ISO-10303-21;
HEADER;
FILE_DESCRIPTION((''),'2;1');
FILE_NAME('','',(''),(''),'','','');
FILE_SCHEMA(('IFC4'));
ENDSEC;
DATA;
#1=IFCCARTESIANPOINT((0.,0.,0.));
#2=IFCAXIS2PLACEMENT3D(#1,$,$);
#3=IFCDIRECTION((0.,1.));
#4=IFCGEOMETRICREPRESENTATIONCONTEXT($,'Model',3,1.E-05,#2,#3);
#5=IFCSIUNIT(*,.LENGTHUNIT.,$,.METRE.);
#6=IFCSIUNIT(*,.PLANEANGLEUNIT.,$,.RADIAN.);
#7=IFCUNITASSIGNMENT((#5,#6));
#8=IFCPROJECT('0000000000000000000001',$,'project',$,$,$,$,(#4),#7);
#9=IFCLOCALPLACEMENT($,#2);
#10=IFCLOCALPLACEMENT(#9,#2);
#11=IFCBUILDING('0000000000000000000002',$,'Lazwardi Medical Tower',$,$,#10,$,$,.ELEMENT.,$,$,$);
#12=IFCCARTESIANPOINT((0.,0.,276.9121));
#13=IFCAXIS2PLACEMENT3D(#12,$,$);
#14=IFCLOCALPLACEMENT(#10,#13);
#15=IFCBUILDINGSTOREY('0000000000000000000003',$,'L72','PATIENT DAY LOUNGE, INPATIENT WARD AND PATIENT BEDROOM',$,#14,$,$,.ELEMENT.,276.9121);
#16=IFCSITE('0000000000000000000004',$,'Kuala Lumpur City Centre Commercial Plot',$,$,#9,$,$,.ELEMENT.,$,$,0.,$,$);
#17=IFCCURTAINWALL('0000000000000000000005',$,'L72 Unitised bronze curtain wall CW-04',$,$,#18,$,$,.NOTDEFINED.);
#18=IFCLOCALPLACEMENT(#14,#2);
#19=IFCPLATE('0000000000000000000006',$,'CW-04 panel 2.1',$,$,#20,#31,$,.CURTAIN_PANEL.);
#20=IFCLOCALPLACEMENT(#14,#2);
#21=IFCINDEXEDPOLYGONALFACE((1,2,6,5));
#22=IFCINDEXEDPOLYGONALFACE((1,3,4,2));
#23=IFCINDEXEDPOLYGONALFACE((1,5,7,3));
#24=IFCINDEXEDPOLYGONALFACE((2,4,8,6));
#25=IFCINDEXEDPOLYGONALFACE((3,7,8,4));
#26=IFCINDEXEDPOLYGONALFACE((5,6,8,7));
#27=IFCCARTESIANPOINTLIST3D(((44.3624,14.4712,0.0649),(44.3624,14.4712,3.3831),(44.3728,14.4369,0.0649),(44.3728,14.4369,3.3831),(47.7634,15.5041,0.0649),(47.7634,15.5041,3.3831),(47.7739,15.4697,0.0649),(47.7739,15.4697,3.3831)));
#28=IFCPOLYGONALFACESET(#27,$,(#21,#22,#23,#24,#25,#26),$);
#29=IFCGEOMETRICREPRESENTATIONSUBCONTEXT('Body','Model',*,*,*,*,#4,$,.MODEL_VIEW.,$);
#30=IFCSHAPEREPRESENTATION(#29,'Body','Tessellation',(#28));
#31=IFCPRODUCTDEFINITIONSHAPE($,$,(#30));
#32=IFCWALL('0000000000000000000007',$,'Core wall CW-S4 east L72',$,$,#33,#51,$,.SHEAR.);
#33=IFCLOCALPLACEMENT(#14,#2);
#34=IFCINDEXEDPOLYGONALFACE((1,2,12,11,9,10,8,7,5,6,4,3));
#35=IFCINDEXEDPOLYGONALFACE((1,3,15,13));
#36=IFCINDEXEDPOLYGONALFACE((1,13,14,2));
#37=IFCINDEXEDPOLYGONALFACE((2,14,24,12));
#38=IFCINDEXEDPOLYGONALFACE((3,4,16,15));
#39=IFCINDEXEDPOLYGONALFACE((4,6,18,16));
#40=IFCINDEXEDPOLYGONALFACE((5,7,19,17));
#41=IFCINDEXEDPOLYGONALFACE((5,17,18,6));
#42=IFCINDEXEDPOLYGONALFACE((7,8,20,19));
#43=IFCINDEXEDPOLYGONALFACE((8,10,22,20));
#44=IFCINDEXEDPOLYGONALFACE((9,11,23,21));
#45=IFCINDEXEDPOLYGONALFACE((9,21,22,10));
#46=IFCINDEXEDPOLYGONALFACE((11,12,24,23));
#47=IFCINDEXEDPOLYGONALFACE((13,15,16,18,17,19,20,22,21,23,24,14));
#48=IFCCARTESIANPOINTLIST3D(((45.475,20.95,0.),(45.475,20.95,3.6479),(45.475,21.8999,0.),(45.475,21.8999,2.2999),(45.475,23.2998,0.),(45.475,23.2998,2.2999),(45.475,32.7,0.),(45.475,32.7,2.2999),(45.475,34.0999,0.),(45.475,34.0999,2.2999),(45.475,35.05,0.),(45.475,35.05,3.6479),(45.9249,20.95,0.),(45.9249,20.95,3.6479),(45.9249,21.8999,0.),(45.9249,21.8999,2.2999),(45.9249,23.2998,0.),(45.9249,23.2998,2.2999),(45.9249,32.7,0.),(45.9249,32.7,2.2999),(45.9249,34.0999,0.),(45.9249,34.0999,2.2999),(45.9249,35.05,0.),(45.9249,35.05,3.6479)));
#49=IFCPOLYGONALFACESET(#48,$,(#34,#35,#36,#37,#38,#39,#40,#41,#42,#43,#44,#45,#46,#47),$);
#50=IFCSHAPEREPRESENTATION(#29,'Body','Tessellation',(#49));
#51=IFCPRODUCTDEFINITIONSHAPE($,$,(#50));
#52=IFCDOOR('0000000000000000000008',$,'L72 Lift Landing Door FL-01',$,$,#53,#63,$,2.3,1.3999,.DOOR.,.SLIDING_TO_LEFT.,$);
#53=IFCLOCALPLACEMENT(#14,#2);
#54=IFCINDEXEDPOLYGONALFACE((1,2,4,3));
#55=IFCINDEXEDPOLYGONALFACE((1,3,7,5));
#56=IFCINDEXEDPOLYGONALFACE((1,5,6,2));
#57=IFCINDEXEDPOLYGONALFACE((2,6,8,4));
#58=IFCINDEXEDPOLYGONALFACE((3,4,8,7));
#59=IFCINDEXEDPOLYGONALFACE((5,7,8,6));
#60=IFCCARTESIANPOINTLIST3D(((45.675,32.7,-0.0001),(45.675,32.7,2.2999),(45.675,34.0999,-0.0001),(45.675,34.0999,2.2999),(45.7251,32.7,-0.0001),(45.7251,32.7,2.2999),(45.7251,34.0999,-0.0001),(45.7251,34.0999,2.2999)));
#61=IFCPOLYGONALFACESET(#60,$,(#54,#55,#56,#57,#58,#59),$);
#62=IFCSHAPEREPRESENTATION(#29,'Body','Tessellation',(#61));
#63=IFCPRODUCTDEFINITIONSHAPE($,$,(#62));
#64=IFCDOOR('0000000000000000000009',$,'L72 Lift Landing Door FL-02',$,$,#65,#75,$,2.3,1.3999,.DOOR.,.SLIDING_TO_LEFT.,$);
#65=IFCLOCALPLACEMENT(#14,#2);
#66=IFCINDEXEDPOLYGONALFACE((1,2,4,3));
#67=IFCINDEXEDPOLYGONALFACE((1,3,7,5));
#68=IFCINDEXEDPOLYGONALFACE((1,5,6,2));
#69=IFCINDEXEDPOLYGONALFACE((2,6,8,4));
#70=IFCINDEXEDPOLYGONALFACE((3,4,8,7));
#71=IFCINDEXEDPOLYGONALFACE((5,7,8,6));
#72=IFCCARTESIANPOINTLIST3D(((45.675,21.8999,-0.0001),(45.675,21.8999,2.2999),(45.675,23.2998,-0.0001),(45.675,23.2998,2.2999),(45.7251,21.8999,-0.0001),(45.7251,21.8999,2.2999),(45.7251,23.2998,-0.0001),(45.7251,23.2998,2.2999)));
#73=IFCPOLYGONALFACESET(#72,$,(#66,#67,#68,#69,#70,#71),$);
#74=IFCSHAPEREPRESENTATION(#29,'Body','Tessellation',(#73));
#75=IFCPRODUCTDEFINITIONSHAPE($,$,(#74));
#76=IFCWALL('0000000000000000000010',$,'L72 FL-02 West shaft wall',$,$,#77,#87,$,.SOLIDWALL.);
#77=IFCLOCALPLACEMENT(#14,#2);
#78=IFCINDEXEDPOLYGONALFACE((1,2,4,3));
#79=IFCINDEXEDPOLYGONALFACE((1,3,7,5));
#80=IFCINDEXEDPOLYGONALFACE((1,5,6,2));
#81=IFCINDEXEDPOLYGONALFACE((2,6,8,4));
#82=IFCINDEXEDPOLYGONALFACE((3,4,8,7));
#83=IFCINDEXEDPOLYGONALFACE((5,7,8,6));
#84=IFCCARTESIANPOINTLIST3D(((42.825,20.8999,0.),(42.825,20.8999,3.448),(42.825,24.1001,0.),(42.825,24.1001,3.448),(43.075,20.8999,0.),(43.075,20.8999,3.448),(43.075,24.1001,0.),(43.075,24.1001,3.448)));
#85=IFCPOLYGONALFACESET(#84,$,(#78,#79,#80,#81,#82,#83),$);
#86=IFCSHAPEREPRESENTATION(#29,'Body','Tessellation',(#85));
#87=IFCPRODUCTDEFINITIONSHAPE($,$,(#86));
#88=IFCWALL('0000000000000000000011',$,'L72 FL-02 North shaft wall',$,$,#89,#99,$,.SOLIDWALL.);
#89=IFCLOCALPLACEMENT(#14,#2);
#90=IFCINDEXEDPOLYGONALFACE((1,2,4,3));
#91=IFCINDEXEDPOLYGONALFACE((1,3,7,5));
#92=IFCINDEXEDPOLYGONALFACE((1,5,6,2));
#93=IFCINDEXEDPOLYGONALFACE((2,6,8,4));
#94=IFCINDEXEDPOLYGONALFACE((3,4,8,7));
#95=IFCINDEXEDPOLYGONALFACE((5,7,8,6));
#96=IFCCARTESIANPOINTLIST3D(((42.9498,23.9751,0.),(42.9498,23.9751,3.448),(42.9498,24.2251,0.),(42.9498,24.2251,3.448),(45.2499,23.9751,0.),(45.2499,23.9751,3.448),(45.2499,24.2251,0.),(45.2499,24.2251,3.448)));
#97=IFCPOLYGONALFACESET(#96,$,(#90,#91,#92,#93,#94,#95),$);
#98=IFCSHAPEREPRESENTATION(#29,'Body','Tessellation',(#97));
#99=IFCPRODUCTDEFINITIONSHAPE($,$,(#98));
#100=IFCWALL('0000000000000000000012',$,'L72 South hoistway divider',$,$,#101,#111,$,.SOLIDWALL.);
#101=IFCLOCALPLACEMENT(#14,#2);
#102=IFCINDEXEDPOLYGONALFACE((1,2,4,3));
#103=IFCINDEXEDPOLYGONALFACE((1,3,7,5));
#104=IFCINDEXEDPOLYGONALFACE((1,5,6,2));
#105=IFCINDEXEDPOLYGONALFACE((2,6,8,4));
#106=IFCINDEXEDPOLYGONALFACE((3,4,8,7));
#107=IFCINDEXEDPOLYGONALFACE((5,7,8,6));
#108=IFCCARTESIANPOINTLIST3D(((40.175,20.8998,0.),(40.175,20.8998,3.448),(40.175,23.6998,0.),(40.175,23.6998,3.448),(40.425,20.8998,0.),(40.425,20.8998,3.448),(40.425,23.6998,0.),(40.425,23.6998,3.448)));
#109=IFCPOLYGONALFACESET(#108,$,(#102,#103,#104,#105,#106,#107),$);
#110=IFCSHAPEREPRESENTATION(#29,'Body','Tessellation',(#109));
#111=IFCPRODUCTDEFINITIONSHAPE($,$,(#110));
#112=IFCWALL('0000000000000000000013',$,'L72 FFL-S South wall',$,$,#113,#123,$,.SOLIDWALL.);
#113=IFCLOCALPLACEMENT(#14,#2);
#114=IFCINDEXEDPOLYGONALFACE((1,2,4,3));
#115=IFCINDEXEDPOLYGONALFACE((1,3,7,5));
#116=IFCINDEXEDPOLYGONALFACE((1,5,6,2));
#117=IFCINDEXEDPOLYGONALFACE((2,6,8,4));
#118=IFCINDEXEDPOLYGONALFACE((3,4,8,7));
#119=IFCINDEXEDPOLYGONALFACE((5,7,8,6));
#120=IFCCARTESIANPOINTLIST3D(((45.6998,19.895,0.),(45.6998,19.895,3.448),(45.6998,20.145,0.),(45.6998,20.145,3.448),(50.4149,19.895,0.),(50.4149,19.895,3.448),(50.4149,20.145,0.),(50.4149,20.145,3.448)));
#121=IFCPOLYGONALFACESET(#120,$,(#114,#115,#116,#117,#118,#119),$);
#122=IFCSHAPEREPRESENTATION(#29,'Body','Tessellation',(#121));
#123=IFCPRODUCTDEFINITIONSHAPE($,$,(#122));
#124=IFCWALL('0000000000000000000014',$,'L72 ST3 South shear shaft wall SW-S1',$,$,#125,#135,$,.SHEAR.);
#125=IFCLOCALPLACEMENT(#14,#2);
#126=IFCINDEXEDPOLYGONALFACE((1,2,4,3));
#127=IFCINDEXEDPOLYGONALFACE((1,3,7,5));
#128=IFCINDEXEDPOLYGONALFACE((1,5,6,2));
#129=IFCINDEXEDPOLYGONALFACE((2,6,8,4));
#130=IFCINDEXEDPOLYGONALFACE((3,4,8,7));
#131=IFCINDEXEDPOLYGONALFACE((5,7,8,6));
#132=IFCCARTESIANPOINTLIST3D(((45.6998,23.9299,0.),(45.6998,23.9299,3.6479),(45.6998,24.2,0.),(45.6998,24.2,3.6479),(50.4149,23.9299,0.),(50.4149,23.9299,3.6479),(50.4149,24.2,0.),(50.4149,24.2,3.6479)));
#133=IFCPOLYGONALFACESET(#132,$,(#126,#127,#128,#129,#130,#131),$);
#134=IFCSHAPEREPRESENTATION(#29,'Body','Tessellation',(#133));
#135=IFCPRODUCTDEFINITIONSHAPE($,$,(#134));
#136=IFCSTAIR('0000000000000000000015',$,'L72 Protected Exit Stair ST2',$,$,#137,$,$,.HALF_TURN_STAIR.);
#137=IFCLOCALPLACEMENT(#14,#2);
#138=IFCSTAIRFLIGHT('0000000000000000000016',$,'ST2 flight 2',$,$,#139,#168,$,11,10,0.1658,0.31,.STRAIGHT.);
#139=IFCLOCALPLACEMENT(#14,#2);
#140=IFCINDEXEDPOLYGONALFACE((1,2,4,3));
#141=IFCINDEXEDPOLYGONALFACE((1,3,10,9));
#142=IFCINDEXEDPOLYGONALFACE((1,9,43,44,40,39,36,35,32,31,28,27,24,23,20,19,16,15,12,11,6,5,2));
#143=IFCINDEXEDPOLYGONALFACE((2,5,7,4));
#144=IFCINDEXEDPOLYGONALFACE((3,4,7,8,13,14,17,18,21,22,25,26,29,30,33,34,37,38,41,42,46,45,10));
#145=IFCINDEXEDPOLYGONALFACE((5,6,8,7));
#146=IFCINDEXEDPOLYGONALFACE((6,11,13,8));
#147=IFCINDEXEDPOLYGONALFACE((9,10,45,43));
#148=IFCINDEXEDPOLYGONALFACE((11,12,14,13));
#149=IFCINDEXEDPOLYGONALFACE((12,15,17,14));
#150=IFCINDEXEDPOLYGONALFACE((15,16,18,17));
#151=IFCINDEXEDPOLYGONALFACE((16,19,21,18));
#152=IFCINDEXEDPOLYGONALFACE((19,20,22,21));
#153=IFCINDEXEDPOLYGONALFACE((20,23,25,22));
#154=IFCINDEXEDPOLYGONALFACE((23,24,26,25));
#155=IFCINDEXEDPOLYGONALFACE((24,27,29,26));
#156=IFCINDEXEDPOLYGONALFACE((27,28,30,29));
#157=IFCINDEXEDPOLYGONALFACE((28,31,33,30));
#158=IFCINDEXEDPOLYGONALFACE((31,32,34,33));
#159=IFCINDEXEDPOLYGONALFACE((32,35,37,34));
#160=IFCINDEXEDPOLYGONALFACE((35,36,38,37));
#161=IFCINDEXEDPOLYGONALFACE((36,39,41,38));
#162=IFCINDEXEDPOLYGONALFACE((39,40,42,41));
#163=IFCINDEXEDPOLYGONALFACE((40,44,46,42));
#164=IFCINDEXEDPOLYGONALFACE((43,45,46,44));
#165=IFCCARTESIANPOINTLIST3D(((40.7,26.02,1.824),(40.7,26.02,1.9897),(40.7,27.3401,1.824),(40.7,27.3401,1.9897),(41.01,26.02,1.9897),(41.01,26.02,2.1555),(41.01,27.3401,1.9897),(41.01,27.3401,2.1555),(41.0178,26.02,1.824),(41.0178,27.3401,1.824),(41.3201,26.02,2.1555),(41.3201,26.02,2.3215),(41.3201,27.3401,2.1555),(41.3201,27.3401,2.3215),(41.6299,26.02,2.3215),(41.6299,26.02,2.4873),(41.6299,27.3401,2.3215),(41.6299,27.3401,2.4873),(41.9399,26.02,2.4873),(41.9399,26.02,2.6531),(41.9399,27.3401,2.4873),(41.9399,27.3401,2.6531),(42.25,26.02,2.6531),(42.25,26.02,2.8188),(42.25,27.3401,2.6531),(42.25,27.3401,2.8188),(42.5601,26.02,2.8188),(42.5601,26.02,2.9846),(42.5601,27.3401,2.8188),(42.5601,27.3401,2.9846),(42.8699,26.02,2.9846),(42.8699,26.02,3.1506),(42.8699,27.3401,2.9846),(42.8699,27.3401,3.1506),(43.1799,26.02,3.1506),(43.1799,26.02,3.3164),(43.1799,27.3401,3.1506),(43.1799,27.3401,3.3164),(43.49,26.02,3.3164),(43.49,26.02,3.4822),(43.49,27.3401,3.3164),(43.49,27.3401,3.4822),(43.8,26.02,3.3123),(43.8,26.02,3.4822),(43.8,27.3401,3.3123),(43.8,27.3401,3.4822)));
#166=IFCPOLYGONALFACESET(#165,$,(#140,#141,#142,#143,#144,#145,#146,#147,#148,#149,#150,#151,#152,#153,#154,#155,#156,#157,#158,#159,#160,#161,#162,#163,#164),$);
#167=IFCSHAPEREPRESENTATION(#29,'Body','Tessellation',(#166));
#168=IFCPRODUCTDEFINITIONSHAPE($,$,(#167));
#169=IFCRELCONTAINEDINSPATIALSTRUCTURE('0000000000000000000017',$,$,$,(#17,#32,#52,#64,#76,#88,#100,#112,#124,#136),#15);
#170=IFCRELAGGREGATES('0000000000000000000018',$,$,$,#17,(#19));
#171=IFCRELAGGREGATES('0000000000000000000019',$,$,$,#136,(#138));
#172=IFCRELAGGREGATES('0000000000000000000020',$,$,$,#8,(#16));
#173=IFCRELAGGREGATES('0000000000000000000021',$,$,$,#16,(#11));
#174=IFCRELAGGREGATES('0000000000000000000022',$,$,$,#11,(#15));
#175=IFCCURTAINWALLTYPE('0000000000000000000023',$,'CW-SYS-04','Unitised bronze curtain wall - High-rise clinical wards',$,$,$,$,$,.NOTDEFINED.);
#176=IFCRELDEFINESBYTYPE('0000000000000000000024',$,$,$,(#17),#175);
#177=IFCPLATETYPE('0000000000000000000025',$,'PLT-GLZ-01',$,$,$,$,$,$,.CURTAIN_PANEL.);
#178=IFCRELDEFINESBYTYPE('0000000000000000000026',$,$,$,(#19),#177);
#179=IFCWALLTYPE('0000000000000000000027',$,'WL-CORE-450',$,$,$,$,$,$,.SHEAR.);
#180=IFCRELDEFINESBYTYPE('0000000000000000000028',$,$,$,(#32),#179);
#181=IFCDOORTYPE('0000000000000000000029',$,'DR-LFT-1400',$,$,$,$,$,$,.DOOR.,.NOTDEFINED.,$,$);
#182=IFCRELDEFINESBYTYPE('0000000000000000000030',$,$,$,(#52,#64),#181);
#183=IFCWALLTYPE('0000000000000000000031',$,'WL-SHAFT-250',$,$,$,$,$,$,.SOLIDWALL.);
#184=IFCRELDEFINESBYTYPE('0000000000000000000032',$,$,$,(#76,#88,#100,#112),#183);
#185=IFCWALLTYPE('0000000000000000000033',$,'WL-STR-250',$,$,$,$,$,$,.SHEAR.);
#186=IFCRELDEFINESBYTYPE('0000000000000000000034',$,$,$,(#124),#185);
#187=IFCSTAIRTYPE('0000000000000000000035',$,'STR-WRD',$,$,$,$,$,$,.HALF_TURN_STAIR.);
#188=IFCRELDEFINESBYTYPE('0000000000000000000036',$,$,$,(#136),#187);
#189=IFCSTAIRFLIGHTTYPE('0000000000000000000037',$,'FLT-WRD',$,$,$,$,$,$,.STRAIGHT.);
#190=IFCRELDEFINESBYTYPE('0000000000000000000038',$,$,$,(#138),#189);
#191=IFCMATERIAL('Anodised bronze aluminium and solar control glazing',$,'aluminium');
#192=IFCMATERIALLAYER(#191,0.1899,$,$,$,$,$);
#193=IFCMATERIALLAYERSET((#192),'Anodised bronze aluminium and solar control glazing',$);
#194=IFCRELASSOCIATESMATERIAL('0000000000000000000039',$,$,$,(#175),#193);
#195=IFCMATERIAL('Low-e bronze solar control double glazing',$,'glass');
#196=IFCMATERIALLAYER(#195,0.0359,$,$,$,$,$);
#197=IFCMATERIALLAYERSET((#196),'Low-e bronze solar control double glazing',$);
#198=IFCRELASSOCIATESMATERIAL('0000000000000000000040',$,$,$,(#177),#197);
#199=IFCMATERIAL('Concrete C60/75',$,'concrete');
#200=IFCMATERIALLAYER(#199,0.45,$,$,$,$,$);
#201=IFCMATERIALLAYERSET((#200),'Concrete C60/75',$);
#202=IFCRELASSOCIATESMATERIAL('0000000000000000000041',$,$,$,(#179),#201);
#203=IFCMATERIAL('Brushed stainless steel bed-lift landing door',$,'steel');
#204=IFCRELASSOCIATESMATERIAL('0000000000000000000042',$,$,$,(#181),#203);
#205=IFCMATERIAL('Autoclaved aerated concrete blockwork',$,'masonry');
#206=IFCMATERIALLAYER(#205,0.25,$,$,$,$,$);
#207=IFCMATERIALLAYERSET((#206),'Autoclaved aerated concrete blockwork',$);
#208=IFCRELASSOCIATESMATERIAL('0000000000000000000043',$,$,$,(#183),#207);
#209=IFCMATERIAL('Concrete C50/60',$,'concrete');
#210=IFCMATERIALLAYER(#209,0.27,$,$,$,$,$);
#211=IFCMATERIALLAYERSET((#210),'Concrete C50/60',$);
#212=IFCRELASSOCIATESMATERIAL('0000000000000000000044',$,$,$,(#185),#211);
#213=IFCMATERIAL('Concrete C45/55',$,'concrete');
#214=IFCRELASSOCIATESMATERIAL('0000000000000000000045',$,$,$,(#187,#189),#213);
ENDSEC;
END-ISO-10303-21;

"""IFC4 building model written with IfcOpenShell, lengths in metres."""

from ifc_helpers import new_model, si_unit, direction, frame, frame_2d, origin, origin_2d, place, context, subcontext, project, spatial, polyline, rectangle, outline, extrude, material, layer, layer_set, type_object, element, fill, aggregate, save


model = new_model("IFC4")

# Units and contexts
model_context = context("Model", 3, precision=1e-05, world=origin(), true_north=direction((0.0, 1.0)))
body_context = subcontext(model_context, "Body", "Model", "MODEL_VIEW")
ifc_project = project(units=[si_unit("LENGTHUNIT", "METRE"), si_unit("PLANEANGLEUNIT", "RADIAN")], contexts=[model_context])

# Site, building, storey
site_placement = place(None, origin())
site = spatial("IfcSite", under=ifc_project, at=site_placement, Name="Kuala Lumpur City Centre Commercial Plot", CompositionType="ELEMENT", RefElevation=0.0)
building_placement = place(site_placement, origin())
building = spatial("IfcBuilding", under=site, at=building_placement, Name="Lazwardi Medical Tower", CompositionType="ELEMENT")
storey_placement = place(building_placement, frame((0.0, 0.0, 276.9121)))
storey = spatial("IfcBuildingStorey", under=building, at=storey_placement, Name="L72", Description="PATIENT DAY LOUNGE, INPATIENT WARD AND PATIENT BEDROOM", CompositionType="ELEMENT", Elevation=276.9121)

# Shared definitions
ifc_material_1 = material(Name="Concrete C60/75", Category="concrete")

# Curtain wall, plate
ifc_material_2 = material(Name="Anodised bronze aluminium and solar control glazing", Category="aluminium")
ifc_layer_1 = layer(ifc_material_2, 0.1899)
ifc_layer_set_1 = layer_set([ifc_layer_1], Name="Anodised bronze aluminium and solar control glazing")
curtain_wall_type = type_object("IfcCurtainWallType", Name="CW-SYS-04", Description="Unitised bronze curtain wall - High-rise clinical wards", PredefinedType="NOTDEFINED", material=ifc_layer_set_1)
curtain_wall_placement = place(storey_placement, origin())
curtain_wall = element("IfcCurtainWall", 1, at=curtain_wall_placement, inside=storey, type_object=curtain_wall_type, Name="L72 Unitised bronze curtain wall CW-04", PredefinedType="NOTDEFINED")
ifc_material_3 = material(Name="Low-e bronze solar control double glazing", Category="glass")
ifc_layer_2 = layer(ifc_material_3, 0.0359)
ifc_layer_set_2 = layer_set([ifc_layer_2], Name="Low-e bronze solar control double glazing")
plate_type = type_object("IfcPlateType", Name="PLT-GLZ-01", PredefinedType="CURTAIN_PANEL", material=ifc_layer_set_2)
plate_1_placement = place(storey_placement, frame((46.0681, 14.9705, 0.0649), z_axis=(0.0, 0.0, 1.0), x_axis=(0.95685, 0.290582, 0.0)))
plate_1 = element("IfcPlate", 2, at=plate_1_placement, type_object=plate_type, Name="CW-04 panel 2.1", PredefinedType="CURTAIN_PANEL", context=body_context, shape_type="SweptSolid", body=[
    extrude(rectangle(XDim=3.5544, YDim=0.0359, at=origin_2d()), origin(), (0.0, 0.0, 1.0), 3.3181),
])
aggregate(curtain_wall, [plate_1])

# Wall, openings, doors
ifc_layer_3 = layer(ifc_material_1, 0.45)
ifc_layer_set_3 = layer_set([ifc_layer_3], Name="Concrete C60/75")
wall_type_1 = type_object("IfcWallType", Name="WL-CORE-450", PredefinedType="SHEAR", material=ifc_layer_set_3)
wall_1_placement = place(storey_placement, frame((45.7, 20.95, 0.0), z_axis=(0.0, 0.0, 1.0), x_axis=(0.0, 1.0, 0.0)))
wall_1 = element("IfcWall", 3, at=wall_1_placement, inside=storey, type_object=wall_type_1, Name="Core wall CW-S4 east L72", PredefinedType="SHEAR", context=body_context, shape_type="SweptSolid", body=[
    extrude(rectangle(XDim=14.1001, YDim=0.45, at=frame_2d((7.05, 0.0))), origin(), (0.0, 0.0, 1.0), 3.6479),
])
opening_1_placement = place(wall_1_placement, frame((11.75, 0.0, 0.0)))
opening_1 = element("IfcOpeningElement", 4, at=opening_1_placement, cuts=wall_1, PredefinedType="OPENING", context=body_context, shape_type="SweptSolid", body=[
    extrude(rectangle(XDim=1.3999, YDim=2.3, at=frame_2d((0.7, 1.1499))), frame((0.0, 0.2349, 0.0), z_axis=(0.0, -1.0, 0.0), x_axis=(1.0, 0.0, 0.0)), (0.0, 0.0, 1.0), 0.47),
])
opening_2_placement = place(wall_1_placement, frame((0.95, 0.0, 0.0)))
opening_2 = element("IfcOpeningElement", 5, at=opening_2_placement, cuts=wall_1, PredefinedType="OPENING", context=body_context, shape_type="SweptSolid", body=[
    extrude(rectangle(XDim=1.3999, YDim=2.3, at=frame_2d((0.7, 1.1499))), frame((0.0, 0.2349, 0.0), z_axis=(0.0, -1.0, 0.0), x_axis=(1.0, 0.0, 0.0)), (0.0, 0.0, 1.0), 0.47),
])
ifc_material_4 = material(Name="Brushed stainless steel bed-lift landing door", Category="steel")
door_type = type_object("IfcDoorType", Name="DR-LFT-1400", OperationType="NOTDEFINED", PredefinedType="DOOR", material=ifc_material_4)
door_1_placement = place(opening_1_placement, origin())
door_1 = element("IfcDoor", 6, at=door_1_placement, inside=storey, type_object=door_type, Name="L72 Lift Landing Door FL-01", OperationType="SLIDING_TO_LEFT", OverallHeight=2.3, OverallWidth=1.3999, PredefinedType="DOOR", context=body_context, shape_type="SweptSolid", body=[
    extrude(rectangle(XDim=1.3999, YDim=2.3, at=frame_2d((0.7, 1.1499))), frame((0.0, 0.0249, 0.0), z_axis=(0.0, -1.0, 0.0), x_axis=(1.0, 0.0, 0.0)), (0.0, 0.0, 1.0), 0.05),
])
fill(opening_1, door_1)
door_2_placement = place(opening_2_placement, origin())
door_2 = element("IfcDoor", 7, at=door_2_placement, inside=storey, type_object=door_type, Name="L72 Lift Landing Door FL-02", OperationType="SLIDING_TO_LEFT", OverallHeight=2.3, OverallWidth=1.3999, PredefinedType="DOOR", context=body_context, shape_type="SweptSolid", body=[
    extrude(rectangle(XDim=1.3999, YDim=2.3, at=frame_2d((0.7, 1.1499))), frame((0.0, 0.0249, 0.0), z_axis=(0.0, -1.0, 0.0), x_axis=(1.0, 0.0, 0.0)), (0.0, 0.0, 1.0), 0.05),
])
fill(opening_2, door_2)

# Walls
ifc_material_5 = material(Name="Autoclaved aerated concrete blockwork", Category="masonry")
ifc_layer_4 = layer(ifc_material_5, 0.25)
ifc_layer_set_4 = layer_set([ifc_layer_4], Name="Autoclaved aerated concrete blockwork")
wall_type_2 = type_object("IfcWallType", Name="WL-SHAFT-250", PredefinedType="SOLIDWALL", material=ifc_layer_set_4)
wall_2_placement = place(storey_placement, frame((42.95, 20.8999, 0.0), z_axis=(0.0, 0.0, 1.0), x_axis=(0.0, 1.0, 0.0)))
element("IfcWall", 8, at=wall_2_placement, inside=storey, type_object=wall_type_2, Name="L72 FL-02 West shaft wall", PredefinedType="SOLIDWALL", context=body_context, shape_type="SweptSolid", body=[
    extrude(rectangle(XDim=3.2002, YDim=0.25, at=frame_2d((1.6001, 0.0))), origin(), (0.0, 0.0, 1.0), 3.448),
])
wall_3_placement = place(storey_placement, frame((42.95, 24.1001, 0.0), z_axis=(0.0, 0.0, 1.0), x_axis=(1.0, 0.0, 0.0)))
element("IfcWall", 9, at=wall_3_placement, inside=storey, type_object=wall_type_2, Name="L72 FL-02 North shaft wall", PredefinedType="SOLIDWALL", context=body_context, shape_type="SweptSolid", body=[
    extrude(rectangle(XDim=2.3, YDim=0.25, at=frame_2d((1.1499, 0.0))), origin(), (0.0, 0.0, 1.0), 3.448),
])
wall_4_placement = place(storey_placement, frame((40.3, 20.8999, 0.0), z_axis=(0.0, 0.0, 1.0), x_axis=(0.0, 1.0, 0.0)))
element("IfcWall", 10, at=wall_4_placement, inside=storey, type_object=wall_type_2, Name="L72 South hoistway divider", PredefinedType="SOLIDWALL", context=body_context, shape_type="SweptSolid", body=[
    extrude(rectangle(XDim=2.8, YDim=0.25, at=frame_2d((1.3999, 0.0))), origin(), (0.0, 0.0, 1.0), 3.448),
])
wall_5_placement = place(storey_placement, frame((45.7, 20.02, 0.0), z_axis=(0.0, 0.0, 1.0), x_axis=(1.0, 0.0, 0.0)))
element("IfcWall", 11, at=wall_5_placement, inside=storey, type_object=wall_type_2, Name="L72 FFL-S South wall", PredefinedType="SOLIDWALL", context=body_context, shape_type="SweptSolid", body=[
    extrude(rectangle(XDim=4.7151, YDim=0.25, at=frame_2d((2.3574, 0.0))), origin(), (0.0, 0.0, 1.0), 3.448),
])
ifc_material_6 = material(Name="Concrete C50/60", Category="concrete")
ifc_layer_5 = layer(ifc_material_6, 0.27)
ifc_layer_set_5 = layer_set([ifc_layer_5], Name="Concrete C50/60")
wall_type_3 = type_object("IfcWallType", Name="WL-STR-250", PredefinedType="SHEAR", material=ifc_layer_set_5)
wall_6_placement = place(storey_placement, frame((45.7, 24.0649, 0.0), z_axis=(0.0, 0.0, 1.0), x_axis=(1.0, 0.0, 0.0)))
element("IfcWall", 12, at=wall_6_placement, inside=storey, type_object=wall_type_3, Name="L72 ST3 South shear shaft wall SW-S1", PredefinedType="SHEAR", context=body_context, shape_type="SweptSolid", body=[
    extrude(rectangle(XDim=4.7151, YDim=0.27, at=frame_2d((2.3574, 0.0))), origin(), (0.0, 0.0, 1.0), 3.6479),
])

# Stair, stair flight
ifc_material_7 = material(Name="Concrete C45/55", Category="concrete")
stair_type = type_object("IfcStairType", Name="STR-WRD", PredefinedType="HALF_TURN_STAIR", material=ifc_material_7)
stair_placement = place(storey_placement, origin())
stair = element("IfcStair", 13, at=stair_placement, inside=storey, type_object=stair_type, Name="L72 Protected Exit Stair ST2", PredefinedType="HALF_TURN_STAIR")
stair_flight_type = type_object("IfcStairFlightType", Name="FLT-WRD", PredefinedType="STRAIGHT", material=ifc_material_7)
stair_flight_placement = place(storey_placement, frame((40.7, 26.6799, 1.824), z_axis=(0.0, 0.0, 1.0), x_axis=(1.0, 0.0, 0.0)))
stair_flight = element("IfcStairFlight", 14, at=stair_flight_placement, type_object=stair_flight_type, Name="ST2 flight 2", NumberOfRisers=11, NumberOfTreads=10, PredefinedType="STRAIGHT", RiserHeight=0.1658, TreadLength=0.31, context=body_context, shape_type="SweptSolid", body=[
    extrude(outline(polyline([(0.0, 0.0), (0.0, 0.1658), (0.3101, 0.1658), (0.3101, 0.3315), (0.6201, 0.3315), (0.6201, 0.4976), (0.9299, 0.4976), (0.9299, 0.6633), (1.24, 0.6633), (1.24, 0.8291), (1.55, 0.8291), (1.55, 0.9949), (1.8601, 0.9949), (1.8601, 1.1606), (2.1699, 1.1606), (2.1699, 1.3267), (2.48, 1.3267), (2.48, 1.4924), (2.79, 1.4924), (2.79, 1.6582), (3.1001, 1.6582), (3.1001, 1.824), (3.1001, 1.4883), (0.3179, 0.0), (0.0, 0.0)])), frame((0.0, 0.6602, 0.0), z_axis=(0.0, -1.0, 0.0), x_axis=(1.0, 0.0, 0.0)), (0.0, 0.0, 1.0), 1.3201),
])
aggregate(stair, [stair_flight])

save(model, "model.ifc")
